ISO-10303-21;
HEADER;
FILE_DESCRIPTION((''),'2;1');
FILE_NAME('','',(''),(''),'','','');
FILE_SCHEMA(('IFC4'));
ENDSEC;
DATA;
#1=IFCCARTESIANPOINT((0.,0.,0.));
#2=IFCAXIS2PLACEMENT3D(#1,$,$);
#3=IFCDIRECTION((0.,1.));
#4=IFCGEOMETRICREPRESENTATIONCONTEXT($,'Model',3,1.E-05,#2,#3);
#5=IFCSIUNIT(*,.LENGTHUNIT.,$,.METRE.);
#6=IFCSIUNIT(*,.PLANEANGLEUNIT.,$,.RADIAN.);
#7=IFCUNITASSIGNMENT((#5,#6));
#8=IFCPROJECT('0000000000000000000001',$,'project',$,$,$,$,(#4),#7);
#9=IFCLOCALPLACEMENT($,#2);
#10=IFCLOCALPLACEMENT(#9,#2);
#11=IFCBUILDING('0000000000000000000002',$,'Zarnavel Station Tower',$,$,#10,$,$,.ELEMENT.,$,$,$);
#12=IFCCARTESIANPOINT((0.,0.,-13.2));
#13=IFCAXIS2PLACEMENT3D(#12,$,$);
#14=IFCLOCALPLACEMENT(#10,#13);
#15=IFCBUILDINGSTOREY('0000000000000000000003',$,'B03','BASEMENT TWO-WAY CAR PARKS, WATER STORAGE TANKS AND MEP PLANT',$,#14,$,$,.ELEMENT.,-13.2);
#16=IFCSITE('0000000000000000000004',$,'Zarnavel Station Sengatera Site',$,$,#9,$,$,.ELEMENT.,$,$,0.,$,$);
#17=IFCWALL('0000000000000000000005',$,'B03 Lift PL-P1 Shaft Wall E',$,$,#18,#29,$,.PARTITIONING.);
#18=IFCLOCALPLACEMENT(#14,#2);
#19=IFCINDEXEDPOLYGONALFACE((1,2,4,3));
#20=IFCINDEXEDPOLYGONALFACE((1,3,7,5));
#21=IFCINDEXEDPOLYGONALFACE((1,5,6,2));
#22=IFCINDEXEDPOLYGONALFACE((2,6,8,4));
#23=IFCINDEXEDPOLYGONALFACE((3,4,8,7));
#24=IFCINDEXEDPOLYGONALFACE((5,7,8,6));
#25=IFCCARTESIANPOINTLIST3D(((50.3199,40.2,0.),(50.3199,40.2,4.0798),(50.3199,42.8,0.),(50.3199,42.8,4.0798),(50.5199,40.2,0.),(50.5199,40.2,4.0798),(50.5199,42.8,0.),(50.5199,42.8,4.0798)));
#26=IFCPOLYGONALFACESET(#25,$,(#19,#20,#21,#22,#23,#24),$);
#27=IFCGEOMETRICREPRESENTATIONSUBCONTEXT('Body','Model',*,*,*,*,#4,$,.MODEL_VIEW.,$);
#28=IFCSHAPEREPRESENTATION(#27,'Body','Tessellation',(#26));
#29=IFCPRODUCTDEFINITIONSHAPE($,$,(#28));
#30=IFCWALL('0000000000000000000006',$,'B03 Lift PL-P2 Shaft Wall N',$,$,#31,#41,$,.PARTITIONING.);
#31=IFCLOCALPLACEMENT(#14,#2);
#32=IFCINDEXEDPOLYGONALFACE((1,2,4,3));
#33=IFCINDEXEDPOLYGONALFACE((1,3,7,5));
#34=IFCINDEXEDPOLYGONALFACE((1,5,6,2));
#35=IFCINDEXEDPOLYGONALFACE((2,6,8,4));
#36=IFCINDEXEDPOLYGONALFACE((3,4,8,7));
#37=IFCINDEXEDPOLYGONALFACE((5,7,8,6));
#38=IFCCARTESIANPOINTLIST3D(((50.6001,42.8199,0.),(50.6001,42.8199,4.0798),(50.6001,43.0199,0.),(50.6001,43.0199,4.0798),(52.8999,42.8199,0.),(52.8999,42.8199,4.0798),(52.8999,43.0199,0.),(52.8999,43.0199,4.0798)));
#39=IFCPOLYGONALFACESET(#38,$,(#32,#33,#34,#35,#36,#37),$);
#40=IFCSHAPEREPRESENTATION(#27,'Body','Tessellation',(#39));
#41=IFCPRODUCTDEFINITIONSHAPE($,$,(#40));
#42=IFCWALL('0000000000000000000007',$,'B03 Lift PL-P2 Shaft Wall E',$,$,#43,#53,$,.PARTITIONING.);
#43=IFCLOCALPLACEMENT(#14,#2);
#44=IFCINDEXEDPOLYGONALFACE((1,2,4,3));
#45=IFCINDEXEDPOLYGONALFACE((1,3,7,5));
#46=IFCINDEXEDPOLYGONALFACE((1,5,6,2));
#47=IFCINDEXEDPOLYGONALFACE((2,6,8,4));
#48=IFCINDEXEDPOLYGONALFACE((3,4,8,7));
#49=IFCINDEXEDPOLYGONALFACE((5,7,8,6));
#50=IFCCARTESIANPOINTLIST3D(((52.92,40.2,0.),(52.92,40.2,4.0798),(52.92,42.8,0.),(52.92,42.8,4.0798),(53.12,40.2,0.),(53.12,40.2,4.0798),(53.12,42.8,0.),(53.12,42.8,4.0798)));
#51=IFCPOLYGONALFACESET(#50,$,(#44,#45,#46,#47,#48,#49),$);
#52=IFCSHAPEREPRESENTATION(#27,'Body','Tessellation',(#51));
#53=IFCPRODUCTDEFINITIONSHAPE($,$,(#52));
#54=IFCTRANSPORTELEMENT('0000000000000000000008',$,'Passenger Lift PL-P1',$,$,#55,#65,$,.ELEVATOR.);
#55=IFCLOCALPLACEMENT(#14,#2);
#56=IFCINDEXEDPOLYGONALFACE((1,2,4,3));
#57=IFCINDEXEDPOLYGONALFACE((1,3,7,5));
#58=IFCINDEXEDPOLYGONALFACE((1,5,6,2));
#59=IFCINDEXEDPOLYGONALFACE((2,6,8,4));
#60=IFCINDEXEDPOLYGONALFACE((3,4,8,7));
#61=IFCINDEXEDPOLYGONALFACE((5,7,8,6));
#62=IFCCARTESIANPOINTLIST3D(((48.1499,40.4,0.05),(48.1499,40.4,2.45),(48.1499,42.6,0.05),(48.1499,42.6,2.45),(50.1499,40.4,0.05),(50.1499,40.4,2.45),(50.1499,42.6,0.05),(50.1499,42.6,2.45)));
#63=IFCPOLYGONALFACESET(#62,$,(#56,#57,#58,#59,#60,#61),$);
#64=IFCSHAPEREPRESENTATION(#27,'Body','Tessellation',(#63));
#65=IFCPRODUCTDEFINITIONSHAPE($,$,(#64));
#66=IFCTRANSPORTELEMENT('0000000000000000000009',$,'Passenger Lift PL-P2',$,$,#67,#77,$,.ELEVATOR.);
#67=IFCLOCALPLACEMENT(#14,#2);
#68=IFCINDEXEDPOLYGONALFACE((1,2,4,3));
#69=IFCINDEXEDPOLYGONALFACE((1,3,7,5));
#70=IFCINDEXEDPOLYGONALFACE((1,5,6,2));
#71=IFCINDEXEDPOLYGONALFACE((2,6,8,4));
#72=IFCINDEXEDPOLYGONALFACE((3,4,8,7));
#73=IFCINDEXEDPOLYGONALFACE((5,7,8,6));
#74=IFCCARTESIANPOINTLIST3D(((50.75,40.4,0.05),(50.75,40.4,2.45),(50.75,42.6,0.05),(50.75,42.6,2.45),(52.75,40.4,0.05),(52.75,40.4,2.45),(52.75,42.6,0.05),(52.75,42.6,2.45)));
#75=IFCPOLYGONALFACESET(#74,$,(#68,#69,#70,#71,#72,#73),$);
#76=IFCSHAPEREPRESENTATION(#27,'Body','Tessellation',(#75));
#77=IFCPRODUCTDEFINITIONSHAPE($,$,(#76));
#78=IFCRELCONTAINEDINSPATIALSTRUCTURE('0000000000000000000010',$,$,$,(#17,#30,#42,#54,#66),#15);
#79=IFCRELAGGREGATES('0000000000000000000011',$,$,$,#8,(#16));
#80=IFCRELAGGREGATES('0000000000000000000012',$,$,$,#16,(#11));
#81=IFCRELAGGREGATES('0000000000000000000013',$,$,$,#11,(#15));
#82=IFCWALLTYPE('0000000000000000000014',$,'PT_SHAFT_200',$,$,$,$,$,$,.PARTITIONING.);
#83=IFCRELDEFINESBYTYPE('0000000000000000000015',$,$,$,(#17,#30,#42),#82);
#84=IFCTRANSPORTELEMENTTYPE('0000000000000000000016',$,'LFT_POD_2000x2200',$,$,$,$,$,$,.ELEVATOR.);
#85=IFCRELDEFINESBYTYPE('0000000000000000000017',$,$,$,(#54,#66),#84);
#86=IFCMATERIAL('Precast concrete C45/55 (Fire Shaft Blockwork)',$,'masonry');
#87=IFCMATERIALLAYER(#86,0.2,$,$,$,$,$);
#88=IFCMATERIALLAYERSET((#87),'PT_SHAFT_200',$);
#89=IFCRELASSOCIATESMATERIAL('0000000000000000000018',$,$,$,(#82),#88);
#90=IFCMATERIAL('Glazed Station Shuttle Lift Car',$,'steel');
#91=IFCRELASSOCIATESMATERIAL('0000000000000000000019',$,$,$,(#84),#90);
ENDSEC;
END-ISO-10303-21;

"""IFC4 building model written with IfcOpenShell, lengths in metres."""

from ifc_helpers import new_model, si_unit, direction, frame, frame_2d, origin, origin_2d, place, context, subcontext, project, spatial, rectangle, extrude, material, layer, layer_set, type_object, element, save


model = new_model("IFC4")

# Units and contexts
model_context = context("Model", 3, precision=1e-05, world=origin(), true_north=direction((0.0, 1.0)))
body_context = subcontext(model_context, "Body", "Model", "MODEL_VIEW")
ifc_project = project(units=[si_unit("LENGTHUNIT", "METRE"), si_unit("PLANEANGLEUNIT", "RADIAN")], contexts=[model_context])

# Site, building, storey
site_placement = place(None, origin())
site = spatial("IfcSite", under=ifc_project, at=site_placement, Name="Zarnavel Station Sengatera Site", CompositionType="ELEMENT", RefElevation=0.0)
building_placement = place(site_placement, origin())
building = spatial("IfcBuilding", under=site, at=building_placement, Name="Zarnavel Station Tower", CompositionType="ELEMENT")
storey_placement = place(building_placement, frame((0.0, 0.0, -13.2)))
storey = spatial("IfcBuildingStorey", under=building, at=storey_placement, Name="B03", Description="BASEMENT TWO-WAY CAR PARKS, WATER STORAGE TANKS AND MEP PLANT", CompositionType="ELEMENT", Elevation=-13.2)

# Shared definitions
ifc_material_1 = material(Name="Precast concrete C45/55 (Fire Shaft Blockwork)", Category="masonry")
ifc_layer_1 = layer(ifc_material_1, 0.2)
ifc_layer_set_1 = layer_set([ifc_layer_1], Name="PT_SHAFT_200")
wall_type_1 = type_object("IfcWallType", Name="PT_SHAFT_200", PredefinedType="PARTITIONING", material=ifc_layer_set_1)

# Wall
for number, where, z_axis, x_axis, name in (
    (1, (50.4199, 40.2, 0.0), (0.0, 0.0, 1.0), (0.0, 1.0, 0.0), "B03 Lift PL-P1 Shaft Wall E"),
):
    element("IfcWall", number, at=place(storey_placement, frame(where, z_axis=z_axis, x_axis=x_axis)), inside=storey, type_object=wall_type_1, Name=name, PredefinedType="PARTITIONING", context=body_context, shape_type="SweptSolid", body=[
        extrude(rectangle(XDim=2.6001, YDim=0.2, at=frame_2d((1.3, 0.0))), origin(), (0.0, 0.0, 1.0), 4.0798),
    ])

# Walls
wall_1_placement = place(storey_placement, frame((50.6001, 42.9199, 0.0), z_axis=(0.0, 0.0, 1.0), x_axis=(1.0, 0.0, 0.0)))
element("IfcWall", 2, at=wall_1_placement, inside=storey, type_object=wall_type_1, Name="B03 Lift PL-P2 Shaft Wall N", PredefinedType="PARTITIONING", context=body_context, shape_type="SweptSolid", body=[
    extrude(rectangle(XDim=2.2998, YDim=0.2, at=frame_2d((1.1499, 0.0))), origin(), (0.0, 0.0, 1.0), 4.0798),
])
wall_2_placement = place(storey_placement, frame((53.02, 40.2, 0.0), z_axis=(0.0, 0.0, 1.0), x_axis=(0.0, 1.0, 0.0)))
element("IfcWall", 3, at=wall_2_placement, inside=storey, type_object=wall_type_1, Name="B03 Lift PL-P2 Shaft Wall E", PredefinedType="PARTITIONING", context=body_context, shape_type="SweptSolid", body=[
    extrude(rectangle(XDim=2.6001, YDim=0.2, at=frame_2d((1.3, 0.0))), origin(), (0.0, 0.0, 1.0), 4.0798),
])

# Transport elements
ifc_material_2 = material(Name="Glazed Station Shuttle Lift Car", Category="steel")
transport_element_type = type_object("IfcTransportElementType", Name="LFT_POD_2000x2200", PredefinedType="ELEVATOR", material=ifc_material_2)
for number, where, z_axis, x_axis, name in (
    (4, (49.1499, 41.5, 0.05), (0.0, 0.0, 1.0), (1.0, 0.0, 0.0), "Passenger Lift PL-P1"),
    (5, (51.75, 41.5, 0.05), (0.0, 0.0, 1.0), (1.0, 0.0, 0.0), "Passenger Lift PL-P2"),
):
    element("IfcTransportElement", number, at=place(storey_placement, frame(where, z_axis=z_axis, x_axis=x_axis)), inside=storey, type_object=transport_element_type, Name=name, PredefinedType="ELEVATOR", context=body_context, shape_type="SweptSolid", body=[
        extrude(rectangle(XDim=2.0, YDim=2.2, at=origin_2d()), origin(), (0.0, 0.0, 1.0), 2.3999),
    ])

save(model, "model.ifc")
